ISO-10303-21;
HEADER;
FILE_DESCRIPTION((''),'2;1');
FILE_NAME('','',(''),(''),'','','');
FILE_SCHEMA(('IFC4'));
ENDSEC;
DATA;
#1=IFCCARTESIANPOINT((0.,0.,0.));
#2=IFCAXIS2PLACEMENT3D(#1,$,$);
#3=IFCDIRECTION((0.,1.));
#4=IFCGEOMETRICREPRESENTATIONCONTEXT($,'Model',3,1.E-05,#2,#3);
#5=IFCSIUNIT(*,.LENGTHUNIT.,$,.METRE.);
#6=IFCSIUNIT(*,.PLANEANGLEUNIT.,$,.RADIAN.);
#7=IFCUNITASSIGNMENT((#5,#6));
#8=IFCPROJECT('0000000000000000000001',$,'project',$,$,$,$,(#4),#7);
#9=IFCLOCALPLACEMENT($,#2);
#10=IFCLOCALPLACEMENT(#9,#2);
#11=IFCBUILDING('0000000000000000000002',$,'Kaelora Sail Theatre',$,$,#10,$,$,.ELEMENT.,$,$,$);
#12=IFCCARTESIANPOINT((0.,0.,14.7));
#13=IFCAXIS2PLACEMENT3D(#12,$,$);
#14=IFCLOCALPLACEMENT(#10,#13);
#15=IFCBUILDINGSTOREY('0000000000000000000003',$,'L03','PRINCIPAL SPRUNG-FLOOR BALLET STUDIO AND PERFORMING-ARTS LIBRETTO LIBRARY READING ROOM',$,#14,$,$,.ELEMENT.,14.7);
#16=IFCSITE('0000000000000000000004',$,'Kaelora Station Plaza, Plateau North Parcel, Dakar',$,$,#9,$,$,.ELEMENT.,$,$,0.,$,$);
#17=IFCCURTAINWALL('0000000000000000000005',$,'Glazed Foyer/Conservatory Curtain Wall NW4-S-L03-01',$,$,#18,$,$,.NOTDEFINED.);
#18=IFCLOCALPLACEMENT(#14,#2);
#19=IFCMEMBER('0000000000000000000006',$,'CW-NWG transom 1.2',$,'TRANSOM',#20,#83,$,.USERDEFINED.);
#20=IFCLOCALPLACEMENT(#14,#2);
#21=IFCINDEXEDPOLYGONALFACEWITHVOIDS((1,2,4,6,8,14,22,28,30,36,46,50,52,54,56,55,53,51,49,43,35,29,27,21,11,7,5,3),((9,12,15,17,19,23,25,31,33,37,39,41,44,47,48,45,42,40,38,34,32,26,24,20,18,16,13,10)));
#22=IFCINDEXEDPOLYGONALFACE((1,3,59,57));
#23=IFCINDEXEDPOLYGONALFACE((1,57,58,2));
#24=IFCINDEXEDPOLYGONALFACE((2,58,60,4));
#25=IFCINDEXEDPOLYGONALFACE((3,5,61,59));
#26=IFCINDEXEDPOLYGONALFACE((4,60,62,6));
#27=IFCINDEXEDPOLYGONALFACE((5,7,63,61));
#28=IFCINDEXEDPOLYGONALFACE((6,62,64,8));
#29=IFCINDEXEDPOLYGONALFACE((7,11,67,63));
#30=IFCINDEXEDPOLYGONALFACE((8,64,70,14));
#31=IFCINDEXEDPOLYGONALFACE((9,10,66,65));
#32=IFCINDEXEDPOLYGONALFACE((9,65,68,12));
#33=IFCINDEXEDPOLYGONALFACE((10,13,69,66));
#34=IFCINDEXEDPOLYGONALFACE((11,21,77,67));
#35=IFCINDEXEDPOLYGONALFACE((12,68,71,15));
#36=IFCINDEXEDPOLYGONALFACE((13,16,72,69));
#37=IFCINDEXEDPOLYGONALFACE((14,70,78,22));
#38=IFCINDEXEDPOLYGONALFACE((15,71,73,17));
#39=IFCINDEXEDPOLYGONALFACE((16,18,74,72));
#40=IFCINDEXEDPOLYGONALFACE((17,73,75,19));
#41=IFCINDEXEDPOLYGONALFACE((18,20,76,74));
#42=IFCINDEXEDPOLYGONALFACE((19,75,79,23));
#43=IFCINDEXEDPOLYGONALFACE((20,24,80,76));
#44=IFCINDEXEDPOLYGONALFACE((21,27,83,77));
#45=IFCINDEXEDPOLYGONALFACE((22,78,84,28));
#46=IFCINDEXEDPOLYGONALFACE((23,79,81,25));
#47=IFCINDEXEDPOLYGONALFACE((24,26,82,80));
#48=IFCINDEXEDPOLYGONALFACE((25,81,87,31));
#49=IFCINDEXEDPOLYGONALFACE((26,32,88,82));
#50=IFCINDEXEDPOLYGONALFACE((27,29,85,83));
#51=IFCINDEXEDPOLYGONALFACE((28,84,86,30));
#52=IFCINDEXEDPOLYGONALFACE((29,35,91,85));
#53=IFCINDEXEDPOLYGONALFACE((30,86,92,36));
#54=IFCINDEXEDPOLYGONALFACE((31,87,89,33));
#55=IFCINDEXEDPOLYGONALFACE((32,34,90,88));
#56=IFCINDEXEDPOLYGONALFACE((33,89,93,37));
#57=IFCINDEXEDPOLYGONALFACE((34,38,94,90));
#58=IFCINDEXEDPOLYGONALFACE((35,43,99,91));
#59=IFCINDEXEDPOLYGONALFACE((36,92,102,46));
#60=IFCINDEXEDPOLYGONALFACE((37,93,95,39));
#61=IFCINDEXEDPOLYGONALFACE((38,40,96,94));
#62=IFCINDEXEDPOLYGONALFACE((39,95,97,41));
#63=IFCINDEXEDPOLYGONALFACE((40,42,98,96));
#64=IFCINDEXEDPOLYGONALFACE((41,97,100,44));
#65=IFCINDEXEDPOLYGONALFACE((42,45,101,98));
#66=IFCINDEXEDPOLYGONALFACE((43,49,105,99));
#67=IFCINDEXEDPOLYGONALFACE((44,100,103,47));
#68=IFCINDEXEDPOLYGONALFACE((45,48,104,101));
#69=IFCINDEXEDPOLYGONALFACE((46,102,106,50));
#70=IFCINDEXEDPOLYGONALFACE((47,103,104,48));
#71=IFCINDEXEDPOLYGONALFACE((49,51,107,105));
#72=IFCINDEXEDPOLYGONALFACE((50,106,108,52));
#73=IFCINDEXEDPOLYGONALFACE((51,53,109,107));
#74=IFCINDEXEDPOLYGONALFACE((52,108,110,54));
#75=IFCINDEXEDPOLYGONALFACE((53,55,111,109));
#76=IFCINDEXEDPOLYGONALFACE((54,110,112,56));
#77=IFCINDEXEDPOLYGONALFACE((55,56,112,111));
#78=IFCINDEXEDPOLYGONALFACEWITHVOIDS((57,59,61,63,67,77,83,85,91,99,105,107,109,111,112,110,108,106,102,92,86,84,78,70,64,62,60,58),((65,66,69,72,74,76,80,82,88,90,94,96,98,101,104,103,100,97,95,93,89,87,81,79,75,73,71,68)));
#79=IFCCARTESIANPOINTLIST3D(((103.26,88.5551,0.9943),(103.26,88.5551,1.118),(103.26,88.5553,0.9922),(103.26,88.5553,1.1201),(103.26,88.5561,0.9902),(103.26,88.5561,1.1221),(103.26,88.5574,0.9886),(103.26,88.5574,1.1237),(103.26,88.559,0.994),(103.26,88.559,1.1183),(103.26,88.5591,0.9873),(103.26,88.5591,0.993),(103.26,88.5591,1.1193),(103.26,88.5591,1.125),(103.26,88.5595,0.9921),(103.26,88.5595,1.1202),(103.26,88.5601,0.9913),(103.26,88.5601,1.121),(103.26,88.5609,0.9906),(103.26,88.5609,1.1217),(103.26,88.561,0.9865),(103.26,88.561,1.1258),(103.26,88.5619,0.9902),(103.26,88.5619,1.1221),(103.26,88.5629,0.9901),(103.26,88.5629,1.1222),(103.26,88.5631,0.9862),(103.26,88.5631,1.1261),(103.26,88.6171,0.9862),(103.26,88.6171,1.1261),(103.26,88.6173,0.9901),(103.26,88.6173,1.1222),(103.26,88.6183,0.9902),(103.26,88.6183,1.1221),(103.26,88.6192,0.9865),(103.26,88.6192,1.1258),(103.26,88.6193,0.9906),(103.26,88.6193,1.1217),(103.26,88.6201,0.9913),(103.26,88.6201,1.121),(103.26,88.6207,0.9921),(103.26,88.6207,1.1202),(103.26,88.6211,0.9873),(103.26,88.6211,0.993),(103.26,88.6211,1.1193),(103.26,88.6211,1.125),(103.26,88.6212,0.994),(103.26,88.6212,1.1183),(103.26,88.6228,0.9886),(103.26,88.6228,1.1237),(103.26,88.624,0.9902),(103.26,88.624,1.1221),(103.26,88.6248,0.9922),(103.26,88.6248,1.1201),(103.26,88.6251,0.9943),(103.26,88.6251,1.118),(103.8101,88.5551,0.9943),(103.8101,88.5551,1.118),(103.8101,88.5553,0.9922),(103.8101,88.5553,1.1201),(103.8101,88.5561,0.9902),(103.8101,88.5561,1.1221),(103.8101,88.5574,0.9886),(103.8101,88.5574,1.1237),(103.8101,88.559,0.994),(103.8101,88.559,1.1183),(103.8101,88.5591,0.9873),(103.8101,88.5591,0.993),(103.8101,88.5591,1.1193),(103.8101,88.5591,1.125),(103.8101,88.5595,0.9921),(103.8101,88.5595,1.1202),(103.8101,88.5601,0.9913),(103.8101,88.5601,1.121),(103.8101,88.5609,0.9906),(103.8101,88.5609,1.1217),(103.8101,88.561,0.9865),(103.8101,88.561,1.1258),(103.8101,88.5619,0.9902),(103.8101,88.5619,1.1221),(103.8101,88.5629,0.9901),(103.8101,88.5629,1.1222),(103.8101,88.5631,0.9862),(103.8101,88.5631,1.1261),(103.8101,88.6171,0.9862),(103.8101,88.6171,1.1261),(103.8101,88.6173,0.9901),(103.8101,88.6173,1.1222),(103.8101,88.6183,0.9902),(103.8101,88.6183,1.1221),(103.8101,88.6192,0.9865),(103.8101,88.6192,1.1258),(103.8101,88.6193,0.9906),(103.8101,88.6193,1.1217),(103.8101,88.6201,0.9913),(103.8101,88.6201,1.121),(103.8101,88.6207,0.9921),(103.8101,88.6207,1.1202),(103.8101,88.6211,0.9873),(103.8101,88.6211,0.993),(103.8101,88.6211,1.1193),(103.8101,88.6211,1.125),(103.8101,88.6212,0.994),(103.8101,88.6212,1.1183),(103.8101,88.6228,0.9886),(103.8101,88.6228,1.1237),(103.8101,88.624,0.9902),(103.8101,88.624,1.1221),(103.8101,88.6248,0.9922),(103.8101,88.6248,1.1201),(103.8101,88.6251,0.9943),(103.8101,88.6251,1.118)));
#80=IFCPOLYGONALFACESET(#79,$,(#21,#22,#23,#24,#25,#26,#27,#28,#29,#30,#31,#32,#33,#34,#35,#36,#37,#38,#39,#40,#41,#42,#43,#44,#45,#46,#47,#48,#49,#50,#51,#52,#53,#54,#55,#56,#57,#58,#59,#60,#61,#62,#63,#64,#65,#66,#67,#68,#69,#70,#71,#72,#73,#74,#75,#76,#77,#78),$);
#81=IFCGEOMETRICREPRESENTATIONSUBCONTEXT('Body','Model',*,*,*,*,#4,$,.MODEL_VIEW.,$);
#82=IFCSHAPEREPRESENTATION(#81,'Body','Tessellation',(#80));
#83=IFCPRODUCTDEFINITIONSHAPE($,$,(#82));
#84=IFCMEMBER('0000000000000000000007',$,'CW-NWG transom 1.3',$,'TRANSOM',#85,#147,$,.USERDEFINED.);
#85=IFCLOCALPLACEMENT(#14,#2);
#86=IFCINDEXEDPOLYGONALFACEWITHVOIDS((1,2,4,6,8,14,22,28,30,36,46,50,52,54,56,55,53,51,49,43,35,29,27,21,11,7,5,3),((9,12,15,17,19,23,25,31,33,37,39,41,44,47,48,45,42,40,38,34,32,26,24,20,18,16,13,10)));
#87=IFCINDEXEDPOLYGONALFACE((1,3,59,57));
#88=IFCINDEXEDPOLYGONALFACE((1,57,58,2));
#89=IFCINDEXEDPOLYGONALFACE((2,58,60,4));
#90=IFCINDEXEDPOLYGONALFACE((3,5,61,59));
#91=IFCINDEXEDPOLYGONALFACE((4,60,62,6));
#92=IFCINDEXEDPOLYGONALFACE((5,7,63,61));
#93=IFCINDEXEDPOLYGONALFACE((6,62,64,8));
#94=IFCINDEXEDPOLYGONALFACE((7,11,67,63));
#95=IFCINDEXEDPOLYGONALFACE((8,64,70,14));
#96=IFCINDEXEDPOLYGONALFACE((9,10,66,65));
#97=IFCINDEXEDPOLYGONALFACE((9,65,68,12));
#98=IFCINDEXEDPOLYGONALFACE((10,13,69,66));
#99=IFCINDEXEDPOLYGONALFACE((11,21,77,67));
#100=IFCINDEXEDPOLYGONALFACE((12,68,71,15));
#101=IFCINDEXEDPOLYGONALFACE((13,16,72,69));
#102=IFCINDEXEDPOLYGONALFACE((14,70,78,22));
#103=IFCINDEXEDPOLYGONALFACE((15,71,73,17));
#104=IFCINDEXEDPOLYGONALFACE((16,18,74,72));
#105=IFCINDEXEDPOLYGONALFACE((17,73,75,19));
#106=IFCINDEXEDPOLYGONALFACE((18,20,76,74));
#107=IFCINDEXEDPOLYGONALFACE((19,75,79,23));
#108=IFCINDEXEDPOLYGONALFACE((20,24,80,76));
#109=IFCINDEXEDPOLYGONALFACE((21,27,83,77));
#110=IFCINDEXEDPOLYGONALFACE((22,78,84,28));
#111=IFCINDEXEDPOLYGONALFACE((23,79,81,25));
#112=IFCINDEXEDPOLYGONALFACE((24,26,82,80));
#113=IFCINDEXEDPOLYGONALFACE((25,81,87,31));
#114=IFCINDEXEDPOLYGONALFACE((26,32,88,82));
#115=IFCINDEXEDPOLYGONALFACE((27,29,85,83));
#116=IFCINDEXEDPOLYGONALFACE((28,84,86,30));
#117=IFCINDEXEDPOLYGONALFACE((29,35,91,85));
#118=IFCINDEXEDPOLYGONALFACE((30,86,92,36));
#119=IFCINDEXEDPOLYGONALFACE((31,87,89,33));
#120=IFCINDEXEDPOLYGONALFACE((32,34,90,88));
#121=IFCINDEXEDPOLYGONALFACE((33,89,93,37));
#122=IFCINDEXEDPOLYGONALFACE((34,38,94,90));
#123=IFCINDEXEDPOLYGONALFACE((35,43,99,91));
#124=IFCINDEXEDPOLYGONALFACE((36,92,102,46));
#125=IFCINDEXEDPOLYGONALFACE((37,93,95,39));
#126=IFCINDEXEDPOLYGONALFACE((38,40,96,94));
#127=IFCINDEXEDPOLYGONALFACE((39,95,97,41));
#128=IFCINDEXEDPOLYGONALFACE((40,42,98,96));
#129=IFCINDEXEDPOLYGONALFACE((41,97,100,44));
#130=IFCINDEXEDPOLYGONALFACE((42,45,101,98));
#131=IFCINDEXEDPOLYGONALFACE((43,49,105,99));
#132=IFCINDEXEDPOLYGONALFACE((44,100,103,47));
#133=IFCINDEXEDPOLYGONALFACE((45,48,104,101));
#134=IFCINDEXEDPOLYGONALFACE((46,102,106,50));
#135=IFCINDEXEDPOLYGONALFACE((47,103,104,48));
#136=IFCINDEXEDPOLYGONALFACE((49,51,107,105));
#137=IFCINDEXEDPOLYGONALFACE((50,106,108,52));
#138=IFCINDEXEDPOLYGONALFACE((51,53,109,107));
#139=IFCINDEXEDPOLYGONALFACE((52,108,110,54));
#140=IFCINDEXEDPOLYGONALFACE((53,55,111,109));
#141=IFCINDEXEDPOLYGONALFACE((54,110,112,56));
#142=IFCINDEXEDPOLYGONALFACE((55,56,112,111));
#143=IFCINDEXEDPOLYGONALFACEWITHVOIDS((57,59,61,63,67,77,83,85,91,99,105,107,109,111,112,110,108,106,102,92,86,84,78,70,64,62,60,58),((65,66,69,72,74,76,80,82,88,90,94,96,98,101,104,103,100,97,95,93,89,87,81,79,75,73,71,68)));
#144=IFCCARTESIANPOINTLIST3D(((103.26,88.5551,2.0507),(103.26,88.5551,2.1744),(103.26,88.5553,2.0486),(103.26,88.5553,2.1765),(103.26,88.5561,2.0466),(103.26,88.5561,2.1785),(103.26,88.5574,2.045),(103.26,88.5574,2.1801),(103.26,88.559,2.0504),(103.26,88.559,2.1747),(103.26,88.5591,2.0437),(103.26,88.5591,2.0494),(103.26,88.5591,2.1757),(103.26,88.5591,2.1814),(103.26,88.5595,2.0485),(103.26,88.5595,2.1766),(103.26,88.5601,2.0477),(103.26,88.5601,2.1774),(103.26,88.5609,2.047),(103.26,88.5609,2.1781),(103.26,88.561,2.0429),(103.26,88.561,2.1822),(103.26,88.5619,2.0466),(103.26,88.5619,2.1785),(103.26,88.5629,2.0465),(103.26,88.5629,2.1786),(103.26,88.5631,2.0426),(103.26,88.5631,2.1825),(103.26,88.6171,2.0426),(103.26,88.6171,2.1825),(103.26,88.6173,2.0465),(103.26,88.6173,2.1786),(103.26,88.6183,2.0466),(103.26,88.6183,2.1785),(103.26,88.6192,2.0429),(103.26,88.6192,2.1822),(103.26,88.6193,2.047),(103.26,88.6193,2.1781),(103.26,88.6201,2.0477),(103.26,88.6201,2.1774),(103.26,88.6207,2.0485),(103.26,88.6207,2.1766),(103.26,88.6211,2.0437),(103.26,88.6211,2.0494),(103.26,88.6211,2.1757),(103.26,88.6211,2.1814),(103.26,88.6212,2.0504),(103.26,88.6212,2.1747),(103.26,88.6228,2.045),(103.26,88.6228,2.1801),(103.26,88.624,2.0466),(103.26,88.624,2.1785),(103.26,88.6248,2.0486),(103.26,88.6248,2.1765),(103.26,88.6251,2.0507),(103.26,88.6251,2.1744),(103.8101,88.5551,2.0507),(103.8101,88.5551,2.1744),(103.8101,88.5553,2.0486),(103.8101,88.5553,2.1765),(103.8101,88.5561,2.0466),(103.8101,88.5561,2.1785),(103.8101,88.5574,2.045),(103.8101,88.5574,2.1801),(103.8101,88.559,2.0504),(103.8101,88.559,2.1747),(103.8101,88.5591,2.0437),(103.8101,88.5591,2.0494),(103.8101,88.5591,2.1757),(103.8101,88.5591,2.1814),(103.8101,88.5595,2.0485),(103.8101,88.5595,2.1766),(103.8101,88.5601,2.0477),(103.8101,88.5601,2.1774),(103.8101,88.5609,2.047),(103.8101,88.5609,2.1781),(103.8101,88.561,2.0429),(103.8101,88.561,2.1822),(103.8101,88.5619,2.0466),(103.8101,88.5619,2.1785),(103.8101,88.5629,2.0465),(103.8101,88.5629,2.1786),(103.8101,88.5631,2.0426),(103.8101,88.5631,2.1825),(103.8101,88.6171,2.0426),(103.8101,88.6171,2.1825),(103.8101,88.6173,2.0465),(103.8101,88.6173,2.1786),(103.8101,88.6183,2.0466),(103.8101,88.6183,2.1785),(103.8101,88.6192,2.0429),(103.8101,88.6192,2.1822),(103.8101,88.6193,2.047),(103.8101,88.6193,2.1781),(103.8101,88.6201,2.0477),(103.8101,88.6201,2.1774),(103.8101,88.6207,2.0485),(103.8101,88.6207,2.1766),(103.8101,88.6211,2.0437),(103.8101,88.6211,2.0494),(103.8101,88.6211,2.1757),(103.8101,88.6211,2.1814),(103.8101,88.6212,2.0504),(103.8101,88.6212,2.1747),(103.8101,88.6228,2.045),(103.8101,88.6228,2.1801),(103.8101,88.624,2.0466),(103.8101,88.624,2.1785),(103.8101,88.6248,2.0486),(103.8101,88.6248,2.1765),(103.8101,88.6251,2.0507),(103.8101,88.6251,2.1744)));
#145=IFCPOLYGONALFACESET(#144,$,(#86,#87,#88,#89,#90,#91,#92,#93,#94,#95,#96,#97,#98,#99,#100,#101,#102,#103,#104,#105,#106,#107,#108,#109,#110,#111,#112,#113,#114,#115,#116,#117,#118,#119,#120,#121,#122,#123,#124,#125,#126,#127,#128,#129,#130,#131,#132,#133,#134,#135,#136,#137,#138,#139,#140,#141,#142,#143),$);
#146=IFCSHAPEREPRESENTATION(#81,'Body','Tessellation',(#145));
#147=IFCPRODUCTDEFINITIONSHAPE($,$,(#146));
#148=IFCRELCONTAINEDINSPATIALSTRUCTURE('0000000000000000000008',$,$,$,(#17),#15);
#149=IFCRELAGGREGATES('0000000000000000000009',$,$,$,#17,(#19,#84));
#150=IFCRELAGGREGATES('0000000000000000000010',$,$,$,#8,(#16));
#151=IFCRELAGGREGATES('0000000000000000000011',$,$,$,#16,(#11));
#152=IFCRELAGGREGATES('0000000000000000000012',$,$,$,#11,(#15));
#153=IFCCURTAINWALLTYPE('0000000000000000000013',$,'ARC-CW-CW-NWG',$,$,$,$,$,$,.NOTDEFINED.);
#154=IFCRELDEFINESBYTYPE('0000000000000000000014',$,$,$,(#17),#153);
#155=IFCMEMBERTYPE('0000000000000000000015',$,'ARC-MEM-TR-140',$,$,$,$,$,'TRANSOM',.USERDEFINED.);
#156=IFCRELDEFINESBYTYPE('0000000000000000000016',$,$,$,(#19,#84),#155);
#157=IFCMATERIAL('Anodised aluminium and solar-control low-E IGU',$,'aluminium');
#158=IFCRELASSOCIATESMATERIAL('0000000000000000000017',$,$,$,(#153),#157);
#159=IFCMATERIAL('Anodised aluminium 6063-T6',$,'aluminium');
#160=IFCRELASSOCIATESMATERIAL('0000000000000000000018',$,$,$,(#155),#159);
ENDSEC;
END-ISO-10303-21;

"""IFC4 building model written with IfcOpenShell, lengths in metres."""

from ifc_helpers import new_model, si_unit, direction, frame, origin, origin_2d, place, context, subcontext, project, spatial, hollow_rectangle, extrude, material, material_profile, profile_set, type_object, element, aggregate, save


model = new_model("IFC4")

# Units and contexts
model_context = context("Model", 3, precision=1e-05, world=origin(), true_north=direction((0.0, 1.0)))
body_context = subcontext(model_context, "Body", "Model", "MODEL_VIEW")
ifc_project = project(units=[si_unit("LENGTHUNIT", "METRE"), si_unit("PLANEANGLEUNIT", "RADIAN")], contexts=[model_context])

# Site, building, storey
site_placement = place(None, origin())
site = spatial("IfcSite", under=ifc_project, at=site_placement, Name="Kaelora Station Plaza, Plateau North Parcel, Dakar", CompositionType="ELEMENT", RefElevation=0.0)
building_placement = place(site_placement, origin())
building = spatial("IfcBuilding", under=site, at=building_placement, Name="Kaelora Sail Theatre", CompositionType="ELEMENT")
storey_placement = place(building_placement, frame((0.0, 0.0, 14.7)))
storey = spatial("IfcBuildingStorey", under=building, at=storey_placement, Name="L03", Description="PRINCIPAL SPRUNG-FLOOR BALLET STUDIO AND PERFORMING-ARTS LIBRETTO LIBRARY READING ROOM", CompositionType="ELEMENT", Elevation=14.7)

# Curtain wall
ifc_material_1 = material(Name="Anodised aluminium and solar-control low-E IGU", Category="aluminium")
curtain_wall_type_1 = type_object("IfcCurtainWallType", Name="ARC-CW-CW-NWG", PredefinedType="NOTDEFINED", material=ifc_material_1)
curtain_wall_1_placement = place(storey_placement, origin())
curtain_wall_1 = element("IfcCurtainWall", 1, at=curtain_wall_1_placement, inside=storey, type_object=curtain_wall_type_1, Name="Glazed Foyer/Conservatory Curtain Wall NW4-S-L03-01", PredefinedType="NOTDEFINED")

# Members
ifc_material_2 = material(Name="Anodised aluminium 6063-T6", Category="aluminium")
ifc_material_profile_1 = material_profile(ifc_material_2, hollow_rectangle(XDim=0.0701, YDim=0.1399, WallThickness=0.0039, InnerFilletRadius=0.0039, OuterFilletRadius=0.0081, at=origin_2d()), Name="ALU-TRAN 70x140x4")
ifc_profile_set_1 = profile_set([ifc_material_profile_1], Name="Anodised aluminium 6063-T6")
member_type_1 = type_object("IfcMemberType", Name="ARC-MEM-TR-140", ElementType="TRANSOM", PredefinedType="USERDEFINED", material=ifc_profile_set_1)
member_1_placement = place(storey_placement, frame((103.26, 88.5901, 1.0562), z_axis=(1.0, 0.0, 0.0), x_axis=(0.0, 1.0, 0.0)))
member_1 = element("IfcMember", 2, at=member_1_placement, type_object=member_type_1, Name="CW-NWG transom 1.2", ObjectType="TRANSOM", PredefinedType="USERDEFINED", context=body_context, shape_type="SweptSolid", body=[
    extrude(hollow_rectangle(XDim=0.0701, YDim=0.1399, WallThickness=0.0039, InnerFilletRadius=0.0039, OuterFilletRadius=0.0081, at=origin_2d()), origin(), (0.0, 0.0, 1.0), 0.55),
])
member_2_placement = place(storey_placement, frame((103.26, 88.5901, 2.1125), z_axis=(1.0, 0.0, 0.0), x_axis=(0.0, 1.0, 0.0)))
member_2 = element("IfcMember", 3, at=member_2_placement, type_object=member_type_1, Name="CW-NWG transom 1.3", ObjectType="TRANSOM", PredefinedType="USERDEFINED", context=body_context, shape_type="SweptSolid", body=[
    extrude(hollow_rectangle(XDim=0.0701, YDim=0.1399, WallThickness=0.0039, InnerFilletRadius=0.0039, OuterFilletRadius=0.0081, at=origin_2d()), origin(), (0.0, 0.0, 1.0), 0.55),
])

aggregate(curtain_wall_1, [member_1, member_2])

save(model, "model.ifc")
